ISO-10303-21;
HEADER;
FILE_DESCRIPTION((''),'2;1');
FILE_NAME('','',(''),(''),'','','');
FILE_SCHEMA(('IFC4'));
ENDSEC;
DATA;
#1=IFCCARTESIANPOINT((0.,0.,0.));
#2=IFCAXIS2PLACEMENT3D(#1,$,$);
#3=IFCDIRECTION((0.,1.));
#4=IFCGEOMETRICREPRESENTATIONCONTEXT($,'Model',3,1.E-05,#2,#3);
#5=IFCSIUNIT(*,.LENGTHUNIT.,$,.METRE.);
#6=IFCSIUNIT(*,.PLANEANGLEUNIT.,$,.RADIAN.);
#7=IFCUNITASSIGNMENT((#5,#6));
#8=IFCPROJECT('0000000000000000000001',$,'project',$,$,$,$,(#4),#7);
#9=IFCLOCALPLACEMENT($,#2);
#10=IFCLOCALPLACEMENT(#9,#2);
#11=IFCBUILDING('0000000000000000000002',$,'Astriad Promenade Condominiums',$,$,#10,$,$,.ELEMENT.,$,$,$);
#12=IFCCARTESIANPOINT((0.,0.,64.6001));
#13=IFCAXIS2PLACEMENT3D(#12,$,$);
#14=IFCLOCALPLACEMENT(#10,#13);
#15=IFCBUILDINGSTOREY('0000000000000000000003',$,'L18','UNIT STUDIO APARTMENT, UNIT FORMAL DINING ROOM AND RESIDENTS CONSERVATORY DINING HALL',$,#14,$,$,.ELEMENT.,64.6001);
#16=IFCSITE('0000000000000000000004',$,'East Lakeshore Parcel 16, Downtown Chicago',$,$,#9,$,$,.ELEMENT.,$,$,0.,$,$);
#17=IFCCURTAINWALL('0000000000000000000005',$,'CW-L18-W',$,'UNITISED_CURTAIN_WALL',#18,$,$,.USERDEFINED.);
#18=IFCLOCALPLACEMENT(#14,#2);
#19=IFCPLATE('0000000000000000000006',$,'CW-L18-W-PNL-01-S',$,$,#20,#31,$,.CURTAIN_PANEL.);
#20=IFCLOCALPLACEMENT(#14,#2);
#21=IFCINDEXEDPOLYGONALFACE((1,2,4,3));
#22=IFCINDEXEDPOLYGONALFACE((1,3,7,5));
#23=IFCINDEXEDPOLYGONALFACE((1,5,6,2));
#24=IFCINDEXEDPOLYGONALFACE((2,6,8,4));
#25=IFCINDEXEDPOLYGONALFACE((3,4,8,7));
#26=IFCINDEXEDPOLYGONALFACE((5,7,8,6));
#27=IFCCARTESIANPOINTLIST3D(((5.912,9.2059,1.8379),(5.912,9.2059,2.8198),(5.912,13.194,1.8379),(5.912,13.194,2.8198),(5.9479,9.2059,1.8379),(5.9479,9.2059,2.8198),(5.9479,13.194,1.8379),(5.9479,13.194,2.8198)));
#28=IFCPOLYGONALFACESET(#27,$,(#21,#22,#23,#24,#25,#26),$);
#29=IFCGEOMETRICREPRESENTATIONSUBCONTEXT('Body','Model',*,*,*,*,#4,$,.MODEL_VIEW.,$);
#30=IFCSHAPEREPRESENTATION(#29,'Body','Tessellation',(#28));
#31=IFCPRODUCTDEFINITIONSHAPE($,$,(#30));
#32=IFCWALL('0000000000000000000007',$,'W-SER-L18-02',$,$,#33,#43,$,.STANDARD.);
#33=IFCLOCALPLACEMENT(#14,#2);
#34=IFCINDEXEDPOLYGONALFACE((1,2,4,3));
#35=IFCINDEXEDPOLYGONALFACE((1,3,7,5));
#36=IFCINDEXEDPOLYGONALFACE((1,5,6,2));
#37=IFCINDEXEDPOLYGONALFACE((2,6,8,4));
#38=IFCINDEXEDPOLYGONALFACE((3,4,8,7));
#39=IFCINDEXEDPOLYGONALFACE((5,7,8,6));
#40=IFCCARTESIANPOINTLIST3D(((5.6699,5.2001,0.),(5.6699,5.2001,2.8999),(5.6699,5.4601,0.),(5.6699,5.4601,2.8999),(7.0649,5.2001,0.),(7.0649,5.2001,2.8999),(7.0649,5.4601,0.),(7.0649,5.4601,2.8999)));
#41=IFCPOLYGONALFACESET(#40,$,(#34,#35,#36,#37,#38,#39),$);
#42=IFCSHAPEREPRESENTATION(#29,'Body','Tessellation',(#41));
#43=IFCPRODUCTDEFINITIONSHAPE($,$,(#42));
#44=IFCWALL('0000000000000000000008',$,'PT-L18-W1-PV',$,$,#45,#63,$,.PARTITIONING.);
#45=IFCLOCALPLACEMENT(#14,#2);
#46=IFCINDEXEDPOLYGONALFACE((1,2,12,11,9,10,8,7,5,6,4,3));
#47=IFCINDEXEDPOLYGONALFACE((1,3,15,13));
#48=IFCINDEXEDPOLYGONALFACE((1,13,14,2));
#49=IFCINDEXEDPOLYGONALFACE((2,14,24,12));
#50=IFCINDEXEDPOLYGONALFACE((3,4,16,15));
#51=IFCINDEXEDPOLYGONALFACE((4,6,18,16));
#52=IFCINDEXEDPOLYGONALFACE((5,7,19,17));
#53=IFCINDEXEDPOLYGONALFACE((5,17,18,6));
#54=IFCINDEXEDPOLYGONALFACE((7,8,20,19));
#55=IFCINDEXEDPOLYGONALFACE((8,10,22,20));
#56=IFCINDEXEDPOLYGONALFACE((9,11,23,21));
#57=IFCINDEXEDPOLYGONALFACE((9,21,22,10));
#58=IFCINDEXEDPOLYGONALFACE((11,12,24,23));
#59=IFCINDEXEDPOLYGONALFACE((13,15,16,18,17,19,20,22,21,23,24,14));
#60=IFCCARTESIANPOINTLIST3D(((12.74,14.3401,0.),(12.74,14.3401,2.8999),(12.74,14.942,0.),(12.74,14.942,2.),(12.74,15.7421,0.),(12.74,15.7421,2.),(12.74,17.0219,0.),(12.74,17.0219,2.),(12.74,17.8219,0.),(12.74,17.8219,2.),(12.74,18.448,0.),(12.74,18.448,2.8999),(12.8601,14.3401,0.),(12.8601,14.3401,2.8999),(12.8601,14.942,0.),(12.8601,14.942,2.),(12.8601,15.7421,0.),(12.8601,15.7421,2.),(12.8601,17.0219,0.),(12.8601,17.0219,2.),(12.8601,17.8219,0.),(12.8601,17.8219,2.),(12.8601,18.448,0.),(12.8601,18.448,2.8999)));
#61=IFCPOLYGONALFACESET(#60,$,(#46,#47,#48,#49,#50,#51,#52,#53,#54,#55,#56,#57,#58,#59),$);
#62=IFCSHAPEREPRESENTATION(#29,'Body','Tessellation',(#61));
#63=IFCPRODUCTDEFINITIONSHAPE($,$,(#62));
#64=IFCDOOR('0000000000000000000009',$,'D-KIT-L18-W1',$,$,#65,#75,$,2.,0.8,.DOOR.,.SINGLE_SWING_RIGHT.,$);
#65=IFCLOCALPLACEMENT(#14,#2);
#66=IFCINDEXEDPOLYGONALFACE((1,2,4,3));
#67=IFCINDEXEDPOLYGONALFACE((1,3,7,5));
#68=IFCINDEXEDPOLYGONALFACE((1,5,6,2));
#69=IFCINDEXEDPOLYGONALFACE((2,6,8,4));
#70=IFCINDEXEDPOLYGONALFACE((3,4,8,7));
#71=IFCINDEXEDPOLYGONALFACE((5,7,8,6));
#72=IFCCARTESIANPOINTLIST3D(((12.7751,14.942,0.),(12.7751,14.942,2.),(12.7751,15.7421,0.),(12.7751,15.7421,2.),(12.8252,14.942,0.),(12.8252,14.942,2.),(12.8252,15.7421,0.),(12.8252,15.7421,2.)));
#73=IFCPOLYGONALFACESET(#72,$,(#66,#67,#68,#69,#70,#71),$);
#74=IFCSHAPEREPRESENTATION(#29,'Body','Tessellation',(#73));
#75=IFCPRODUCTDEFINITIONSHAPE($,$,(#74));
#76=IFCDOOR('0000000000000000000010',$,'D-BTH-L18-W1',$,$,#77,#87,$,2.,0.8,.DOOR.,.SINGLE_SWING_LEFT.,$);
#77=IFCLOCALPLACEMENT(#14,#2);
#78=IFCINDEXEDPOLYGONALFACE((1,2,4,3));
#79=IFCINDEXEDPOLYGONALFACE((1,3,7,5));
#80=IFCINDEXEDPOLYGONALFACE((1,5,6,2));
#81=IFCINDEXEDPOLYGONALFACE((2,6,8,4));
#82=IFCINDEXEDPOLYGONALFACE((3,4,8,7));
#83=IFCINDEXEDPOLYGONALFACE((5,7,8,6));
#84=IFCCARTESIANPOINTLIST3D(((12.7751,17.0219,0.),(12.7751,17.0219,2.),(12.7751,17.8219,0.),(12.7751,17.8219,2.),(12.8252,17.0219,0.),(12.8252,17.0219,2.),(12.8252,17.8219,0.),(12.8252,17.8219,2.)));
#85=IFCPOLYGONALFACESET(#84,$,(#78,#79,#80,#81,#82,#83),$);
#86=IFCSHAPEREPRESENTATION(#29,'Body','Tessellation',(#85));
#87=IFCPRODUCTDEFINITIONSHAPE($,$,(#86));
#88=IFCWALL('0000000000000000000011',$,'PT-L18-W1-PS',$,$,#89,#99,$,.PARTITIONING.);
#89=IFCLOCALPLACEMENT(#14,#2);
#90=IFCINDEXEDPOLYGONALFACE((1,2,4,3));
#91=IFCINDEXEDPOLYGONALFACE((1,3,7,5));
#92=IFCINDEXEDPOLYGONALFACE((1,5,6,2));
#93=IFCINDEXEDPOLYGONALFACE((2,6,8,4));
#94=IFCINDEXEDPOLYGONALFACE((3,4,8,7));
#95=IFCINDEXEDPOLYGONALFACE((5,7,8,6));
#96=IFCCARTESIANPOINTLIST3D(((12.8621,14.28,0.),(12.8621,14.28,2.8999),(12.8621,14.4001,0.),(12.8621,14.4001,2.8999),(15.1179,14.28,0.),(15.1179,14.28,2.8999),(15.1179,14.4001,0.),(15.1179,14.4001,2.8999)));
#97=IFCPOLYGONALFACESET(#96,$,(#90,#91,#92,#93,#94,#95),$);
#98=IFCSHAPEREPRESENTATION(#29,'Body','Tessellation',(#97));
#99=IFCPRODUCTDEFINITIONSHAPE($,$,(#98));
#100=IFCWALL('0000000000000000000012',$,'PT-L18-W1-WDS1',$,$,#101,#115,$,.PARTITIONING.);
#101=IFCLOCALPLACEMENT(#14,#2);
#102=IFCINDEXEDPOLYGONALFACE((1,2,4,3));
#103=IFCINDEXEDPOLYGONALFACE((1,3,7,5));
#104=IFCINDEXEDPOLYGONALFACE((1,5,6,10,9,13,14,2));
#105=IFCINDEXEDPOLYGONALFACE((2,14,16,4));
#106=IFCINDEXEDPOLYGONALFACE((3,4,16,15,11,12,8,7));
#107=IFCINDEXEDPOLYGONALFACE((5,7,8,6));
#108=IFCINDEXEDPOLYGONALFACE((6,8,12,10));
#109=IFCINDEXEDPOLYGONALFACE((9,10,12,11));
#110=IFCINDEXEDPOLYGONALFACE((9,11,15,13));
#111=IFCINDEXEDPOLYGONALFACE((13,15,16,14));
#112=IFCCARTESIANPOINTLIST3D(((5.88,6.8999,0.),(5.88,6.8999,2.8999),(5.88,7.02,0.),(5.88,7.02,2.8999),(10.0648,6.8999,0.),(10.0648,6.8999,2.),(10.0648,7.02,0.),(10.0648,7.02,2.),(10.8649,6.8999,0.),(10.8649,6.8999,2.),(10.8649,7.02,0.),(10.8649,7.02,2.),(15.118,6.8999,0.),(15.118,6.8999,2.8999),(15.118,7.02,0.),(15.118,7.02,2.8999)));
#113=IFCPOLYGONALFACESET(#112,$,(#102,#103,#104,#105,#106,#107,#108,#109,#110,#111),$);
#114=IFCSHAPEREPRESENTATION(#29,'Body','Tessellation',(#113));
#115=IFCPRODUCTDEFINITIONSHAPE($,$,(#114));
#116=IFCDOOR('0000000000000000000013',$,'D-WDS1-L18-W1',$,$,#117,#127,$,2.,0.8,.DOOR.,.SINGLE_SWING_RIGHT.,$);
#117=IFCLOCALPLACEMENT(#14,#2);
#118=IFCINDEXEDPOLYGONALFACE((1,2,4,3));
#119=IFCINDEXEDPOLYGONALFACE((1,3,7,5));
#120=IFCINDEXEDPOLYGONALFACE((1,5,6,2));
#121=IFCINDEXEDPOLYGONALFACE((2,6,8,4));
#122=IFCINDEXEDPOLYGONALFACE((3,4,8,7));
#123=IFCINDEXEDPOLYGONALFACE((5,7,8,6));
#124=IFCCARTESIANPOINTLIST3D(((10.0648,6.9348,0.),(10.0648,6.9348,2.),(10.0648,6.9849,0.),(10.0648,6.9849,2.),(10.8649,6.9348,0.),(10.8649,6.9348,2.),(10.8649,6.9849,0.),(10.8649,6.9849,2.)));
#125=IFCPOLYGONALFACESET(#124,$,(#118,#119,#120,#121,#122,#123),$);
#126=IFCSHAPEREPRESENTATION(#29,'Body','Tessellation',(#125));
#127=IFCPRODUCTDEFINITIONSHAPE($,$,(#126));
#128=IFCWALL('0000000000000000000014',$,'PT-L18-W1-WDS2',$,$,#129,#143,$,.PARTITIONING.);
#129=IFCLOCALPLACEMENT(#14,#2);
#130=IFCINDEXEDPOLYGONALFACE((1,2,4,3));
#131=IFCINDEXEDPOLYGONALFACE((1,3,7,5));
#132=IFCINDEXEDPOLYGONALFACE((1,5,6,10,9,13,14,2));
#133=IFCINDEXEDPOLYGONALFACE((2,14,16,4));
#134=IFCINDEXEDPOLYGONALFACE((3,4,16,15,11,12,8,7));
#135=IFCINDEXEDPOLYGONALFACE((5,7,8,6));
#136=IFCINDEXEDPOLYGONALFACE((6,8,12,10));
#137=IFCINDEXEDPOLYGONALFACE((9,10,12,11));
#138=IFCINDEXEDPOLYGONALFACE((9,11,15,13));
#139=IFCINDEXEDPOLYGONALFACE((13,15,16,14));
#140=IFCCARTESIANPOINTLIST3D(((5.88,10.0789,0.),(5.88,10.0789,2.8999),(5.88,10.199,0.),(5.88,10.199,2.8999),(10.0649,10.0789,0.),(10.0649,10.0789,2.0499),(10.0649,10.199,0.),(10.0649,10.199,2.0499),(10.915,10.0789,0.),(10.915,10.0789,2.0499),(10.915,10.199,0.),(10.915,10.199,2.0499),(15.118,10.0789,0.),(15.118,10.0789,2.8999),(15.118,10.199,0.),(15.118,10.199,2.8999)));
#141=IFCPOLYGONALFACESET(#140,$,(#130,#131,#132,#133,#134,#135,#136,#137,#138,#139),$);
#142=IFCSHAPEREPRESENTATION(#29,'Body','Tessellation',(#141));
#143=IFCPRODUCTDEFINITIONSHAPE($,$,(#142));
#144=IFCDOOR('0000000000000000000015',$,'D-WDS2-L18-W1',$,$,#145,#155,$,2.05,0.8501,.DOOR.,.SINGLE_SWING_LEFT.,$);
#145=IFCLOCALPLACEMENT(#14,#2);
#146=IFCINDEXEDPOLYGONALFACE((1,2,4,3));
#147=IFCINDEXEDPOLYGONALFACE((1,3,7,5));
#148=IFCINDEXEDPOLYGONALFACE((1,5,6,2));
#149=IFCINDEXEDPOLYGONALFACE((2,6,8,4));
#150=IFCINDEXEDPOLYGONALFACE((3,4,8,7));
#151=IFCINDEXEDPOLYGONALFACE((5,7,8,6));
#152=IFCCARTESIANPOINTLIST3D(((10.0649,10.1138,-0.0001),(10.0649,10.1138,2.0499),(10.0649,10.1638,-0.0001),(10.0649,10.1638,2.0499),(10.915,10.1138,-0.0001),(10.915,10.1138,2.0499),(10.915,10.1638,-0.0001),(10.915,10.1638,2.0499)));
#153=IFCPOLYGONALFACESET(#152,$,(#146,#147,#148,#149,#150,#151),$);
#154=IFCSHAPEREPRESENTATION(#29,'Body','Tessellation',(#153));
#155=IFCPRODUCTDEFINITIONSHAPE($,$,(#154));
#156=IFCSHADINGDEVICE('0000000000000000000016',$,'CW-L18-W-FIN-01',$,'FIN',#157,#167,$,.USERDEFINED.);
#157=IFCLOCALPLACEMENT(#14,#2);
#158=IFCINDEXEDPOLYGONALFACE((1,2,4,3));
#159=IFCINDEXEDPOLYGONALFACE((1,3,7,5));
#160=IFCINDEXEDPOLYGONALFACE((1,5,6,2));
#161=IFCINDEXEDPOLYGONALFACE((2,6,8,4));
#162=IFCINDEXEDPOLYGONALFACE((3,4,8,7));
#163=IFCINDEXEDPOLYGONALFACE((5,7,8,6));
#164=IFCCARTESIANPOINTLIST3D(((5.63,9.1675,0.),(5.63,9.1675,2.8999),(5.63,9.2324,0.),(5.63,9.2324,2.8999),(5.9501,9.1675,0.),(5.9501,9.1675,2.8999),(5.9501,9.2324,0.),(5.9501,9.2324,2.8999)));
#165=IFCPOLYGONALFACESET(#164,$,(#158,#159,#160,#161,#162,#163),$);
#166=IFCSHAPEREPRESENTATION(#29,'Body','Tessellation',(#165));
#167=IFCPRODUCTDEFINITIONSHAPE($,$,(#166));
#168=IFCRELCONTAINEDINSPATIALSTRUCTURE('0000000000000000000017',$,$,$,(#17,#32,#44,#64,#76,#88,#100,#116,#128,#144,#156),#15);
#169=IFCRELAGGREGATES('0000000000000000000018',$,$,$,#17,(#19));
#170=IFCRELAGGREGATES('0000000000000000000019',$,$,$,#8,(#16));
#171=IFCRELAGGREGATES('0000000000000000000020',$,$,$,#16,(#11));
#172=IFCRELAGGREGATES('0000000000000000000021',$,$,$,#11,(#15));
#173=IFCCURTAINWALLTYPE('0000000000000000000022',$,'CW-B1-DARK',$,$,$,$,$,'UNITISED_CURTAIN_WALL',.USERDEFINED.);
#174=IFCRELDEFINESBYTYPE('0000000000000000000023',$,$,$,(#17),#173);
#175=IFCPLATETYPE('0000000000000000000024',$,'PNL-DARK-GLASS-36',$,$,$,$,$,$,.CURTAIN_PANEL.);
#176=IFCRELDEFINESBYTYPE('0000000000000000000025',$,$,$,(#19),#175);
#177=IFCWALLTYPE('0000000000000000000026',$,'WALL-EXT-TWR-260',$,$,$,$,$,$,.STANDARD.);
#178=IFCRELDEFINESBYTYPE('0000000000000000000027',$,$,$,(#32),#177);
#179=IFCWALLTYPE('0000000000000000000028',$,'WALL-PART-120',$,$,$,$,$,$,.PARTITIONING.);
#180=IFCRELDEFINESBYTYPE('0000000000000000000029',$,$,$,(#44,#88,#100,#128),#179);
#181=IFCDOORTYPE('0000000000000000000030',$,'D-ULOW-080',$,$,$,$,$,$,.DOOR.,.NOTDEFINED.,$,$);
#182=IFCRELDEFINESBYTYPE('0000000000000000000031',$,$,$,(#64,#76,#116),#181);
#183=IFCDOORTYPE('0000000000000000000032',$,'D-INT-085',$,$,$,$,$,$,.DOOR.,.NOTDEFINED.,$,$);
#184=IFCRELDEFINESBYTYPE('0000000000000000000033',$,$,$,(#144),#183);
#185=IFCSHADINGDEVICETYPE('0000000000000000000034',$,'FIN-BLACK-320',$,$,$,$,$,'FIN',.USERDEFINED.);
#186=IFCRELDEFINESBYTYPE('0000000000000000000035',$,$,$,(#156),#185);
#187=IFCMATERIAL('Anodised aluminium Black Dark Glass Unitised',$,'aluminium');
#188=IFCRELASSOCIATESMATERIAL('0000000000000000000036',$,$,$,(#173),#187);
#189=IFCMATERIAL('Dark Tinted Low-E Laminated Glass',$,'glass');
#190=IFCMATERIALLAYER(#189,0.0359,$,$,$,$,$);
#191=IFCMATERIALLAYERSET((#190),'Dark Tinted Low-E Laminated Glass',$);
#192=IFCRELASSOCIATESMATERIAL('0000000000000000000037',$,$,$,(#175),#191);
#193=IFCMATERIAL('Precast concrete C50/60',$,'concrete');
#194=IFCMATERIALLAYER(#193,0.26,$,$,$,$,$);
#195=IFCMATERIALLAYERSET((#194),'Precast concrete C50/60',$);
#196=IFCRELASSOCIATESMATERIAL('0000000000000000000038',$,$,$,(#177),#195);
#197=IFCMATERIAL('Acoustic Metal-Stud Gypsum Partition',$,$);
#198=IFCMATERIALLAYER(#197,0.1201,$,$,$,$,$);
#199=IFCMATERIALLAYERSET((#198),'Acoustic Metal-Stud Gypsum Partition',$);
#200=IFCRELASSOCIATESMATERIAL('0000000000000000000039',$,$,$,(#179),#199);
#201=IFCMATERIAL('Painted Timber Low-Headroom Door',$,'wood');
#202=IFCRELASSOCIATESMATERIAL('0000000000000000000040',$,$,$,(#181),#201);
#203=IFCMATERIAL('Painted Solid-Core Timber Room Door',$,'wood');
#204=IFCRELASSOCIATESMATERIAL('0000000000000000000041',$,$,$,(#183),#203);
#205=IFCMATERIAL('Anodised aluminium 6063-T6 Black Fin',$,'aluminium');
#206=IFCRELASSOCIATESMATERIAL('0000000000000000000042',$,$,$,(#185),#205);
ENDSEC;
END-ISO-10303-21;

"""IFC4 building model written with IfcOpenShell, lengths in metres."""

from ifc_helpers import new_model, si_unit, direction, frame, frame_2d, origin, origin_2d, place, context, subcontext, project, spatial, rectangle, extrude, source, transform, mapped, material, layer, layer_set, type_object, type_shapes, element, fill, aggregate, save


model = new_model("IFC4")

# Units and contexts
model_context = context("Model", 3, precision=1e-05, world=origin(), true_north=direction((0.0, 1.0)))
body_context = subcontext(model_context, "Body", "Model", "MODEL_VIEW")
ifc_project = project(units=[si_unit("LENGTHUNIT", "METRE"), si_unit("PLANEANGLEUNIT", "RADIAN")], contexts=[model_context])

# Site, building, storey
site_placement = place(None, origin())
site = spatial("IfcSite", under=ifc_project, at=site_placement, Name="East Lakeshore Parcel 16, Downtown Chicago", CompositionType="ELEMENT", RefElevation=0.0)
building_placement = place(site_placement, origin())
building = spatial("IfcBuilding", under=site, at=building_placement, Name="Astriad Promenade Condominiums", CompositionType="ELEMENT")
storey_placement = place(building_placement, frame((0.0, 0.0, 64.6001)))
storey = spatial("IfcBuildingStorey", under=building, at=storey_placement, Name="L18", Description="UNIT STUDIO APARTMENT, UNIT FORMAL DINING ROOM AND RESIDENTS CONSERVATORY DINING HALL", CompositionType="ELEMENT", Elevation=64.6001)

# Curtain wall, plate
ifc_material_1 = material(Name="Anodised aluminium Black Dark Glass Unitised", Category="aluminium")
curtain_wall_type = type_object("IfcCurtainWallType", Name="CW-B1-DARK", ElementType="UNITISED_CURTAIN_WALL", PredefinedType="USERDEFINED", material=ifc_material_1)
curtain_wall_placement = place(storey_placement, origin())
curtain_wall = element("IfcCurtainWall", 1, at=curtain_wall_placement, inside=storey, type_object=curtain_wall_type, Name="CW-L18-W", ObjectType="UNITISED_CURTAIN_WALL", PredefinedType="USERDEFINED")
ifc_material_2 = material(Name="Dark Tinted Low-E Laminated Glass", Category="glass")
ifc_layer_1 = layer(ifc_material_2, 0.0359)
ifc_layer_set_1 = layer_set([ifc_layer_1], Name="Dark Tinted Low-E Laminated Glass")
plate_type = type_object("IfcPlateType", Name="PNL-DARK-GLASS-36", PredefinedType="CURTAIN_PANEL", material=ifc_layer_set_1)
shared_shape_1 = source(origin(), body_context, "Body", "SweptSolid", [
    extrude(rectangle(XDim=3.988, YDim=0.0359, at=origin_2d()), origin(), (0.0, 0.0, 1.0), 0.9819),
])
plate_1_placement = place(storey_placement, frame((5.9299, 11.2, 1.8379), z_axis=(0.0, 0.0, 1.0), x_axis=(0.0, 1.0, 0.0)))
plate_1 = element("IfcPlate", 2, at=plate_1_placement, type_object=plate_type, Name="CW-L18-W-PNL-01-S", PredefinedType="CURTAIN_PANEL", context=body_context, shape_type="MappedRepresentation", body=[
    mapped(shared_shape_1, transform((0.0, 0.0, 0.0), scale=1.0)),
])
aggregate(curtain_wall, [plate_1])

# Wall
ifc_material_3 = material(Name="Precast concrete C50/60", Category="concrete")
ifc_layer_2 = layer(ifc_material_3, 0.26)
ifc_layer_set_2 = layer_set([ifc_layer_2], Name="Precast concrete C50/60")
wall_type_1 = type_object("IfcWallType", Name="WALL-EXT-TWR-260", PredefinedType="STANDARD", material=ifc_layer_set_2)
wall_1_placement = place(storey_placement, frame((7.0649, 5.3301, 0.0), z_axis=(0.0, 0.0, 1.0), x_axis=(-1.0, 0.0, 0.0)))
element("IfcWall", 3, at=wall_1_placement, inside=storey, type_object=wall_type_1, Name="W-SER-L18-02", PredefinedType="STANDARD", context=body_context, shape_type="SweptSolid", body=[
    extrude(rectangle(XDim=1.395, YDim=0.26, at=frame_2d((0.6975, 0.0))), origin(), (0.0, 0.0, 1.0), 2.8999),
])

# Wall, openings, doors
ifc_material_4 = material(Name="Acoustic Metal-Stud Gypsum Partition")
ifc_layer_3 = layer(ifc_material_4, 0.1201)
ifc_layer_set_3 = layer_set([ifc_layer_3], Name="Acoustic Metal-Stud Gypsum Partition")
wall_type_2 = type_object("IfcWallType", Name="WALL-PART-120", PredefinedType="PARTITIONING", material=ifc_layer_set_3)
wall_2_placement = place(storey_placement, frame((12.8, 14.3401, 0.0), z_axis=(0.0, 0.0, 1.0), x_axis=(0.0, 1.0, 0.0)))
wall_2 = element("IfcWall", 4, at=wall_2_placement, inside=storey, type_object=wall_type_2, Name="PT-L18-W1-PV", PredefinedType="PARTITIONING", context=body_context, shape_type="SweptSolid", body=[
    extrude(rectangle(XDim=4.1079, YDim=0.1201, at=frame_2d((2.054, 0.0))), origin(), (0.0, 0.0, 1.0), 2.8999),
])
opening_1_placement = place(wall_2_placement, frame((0.6021, 0.0, 0.0)))
opening_1 = element("IfcOpeningElement", 5, at=opening_1_placement, cuts=wall_2, PredefinedType="OPENING", context=body_context, shape_type="SweptSolid", body=[
    extrude(rectangle(XDim=0.8, YDim=2.0, at=frame_2d((0.3999, 1.0))), frame((0.0, 0.0701, 0.0), z_axis=(0.0, -1.0, 0.0), x_axis=(1.0, 0.0, 0.0)), (0.0, 0.0, 1.0), 0.1401),
])
opening_2_placement = place(wall_2_placement, frame((2.6819, 0.0, 0.0)))
opening_2 = element("IfcOpeningElement", 6, at=opening_2_placement, cuts=wall_2, PredefinedType="OPENING", context=body_context, shape_type="SweptSolid", body=[
    extrude(rectangle(XDim=0.8, YDim=2.0, at=frame_2d((0.3999, 1.0))), frame((0.0, 0.0701, 0.0), z_axis=(0.0, -1.0, 0.0), x_axis=(1.0, 0.0, 0.0)), (0.0, 0.0, 1.0), 0.1401),
])
ifc_material_5 = material(Name="Painted Timber Low-Headroom Door", Category="wood")
door_type_1 = type_object("IfcDoorType", Name="D-ULOW-080", OperationType="NOTDEFINED", PredefinedType="DOOR", material=ifc_material_5)
shared_shape_2 = source(origin(), body_context, "Body", "SweptSolid", [
    extrude(rectangle(XDim=0.8, YDim=2.0, at=frame_2d((0.3999, 1.0))), frame((0.0, 0.0249, 0.0), z_axis=(0.0, -1.0, 0.0), x_axis=(1.0, 0.0, 0.0)), (0.0, 0.0, 1.0), 0.05),
])
type_shapes(door_type_1, [shared_shape_2])
door_1_placement = place(opening_1_placement, origin())
door_1 = element("IfcDoor", 7, at=door_1_placement, inside=storey, type_object=door_type_1, Name="D-KIT-L18-W1", OperationType="SINGLE_SWING_RIGHT", OverallHeight=2.0, OverallWidth=0.8, PredefinedType="DOOR", context=body_context, shape_type="MappedRepresentation", body=[
    mapped(shared_shape_2, transform((0.0, 0.0, 0.0), scale=1.0)),
])
fill(opening_1, door_1)
door_2_placement = place(opening_2_placement, origin())
door_2 = element("IfcDoor", 8, at=door_2_placement, inside=storey, type_object=door_type_1, Name="D-BTH-L18-W1", OperationType="SINGLE_SWING_LEFT", OverallHeight=2.0, OverallWidth=0.8, PredefinedType="DOOR", context=body_context, shape_type="MappedRepresentation", body=[
    mapped(shared_shape_2, transform((0.0, 0.0, 0.0), scale=1.0)),
])
fill(opening_2, door_2)

# Wall
wall_3_placement = place(storey_placement, frame((12.8621, 14.3401, 0.0), z_axis=(0.0, 0.0, 1.0), x_axis=(1.0, 0.0, 0.0)))
element("IfcWall", 9, at=wall_3_placement, inside=storey, type_object=wall_type_2, Name="PT-L18-W1-PS", PredefinedType="PARTITIONING", context=body_context, shape_type="SweptSolid", body=[
    extrude(rectangle(XDim=2.2559, YDim=0.1201, at=frame_2d((1.1279, 0.0))), origin(), (0.0, 0.0, 1.0), 2.8999),
])

# Walls, openings, doors
wall_4_placement = place(storey_placement, frame((5.8799, 6.96, 0.0), z_axis=(0.0, 0.0, 1.0), x_axis=(1.0, 0.0, 0.0)))
wall_4 = element("IfcWall", 10, at=wall_4_placement, inside=storey, type_object=wall_type_2, Name="PT-L18-W1-WDS1", PredefinedType="PARTITIONING", context=body_context, shape_type="SweptSolid", body=[
    extrude(rectangle(XDim=9.238, YDim=0.1201, at=frame_2d((4.6191, 0.0))), origin(), (0.0, 0.0, 1.0), 2.8999),
])
opening_3_placement = place(wall_4_placement, frame((4.1851, 0.0, 0.0)))
opening_3 = element("IfcOpeningElement", 11, at=opening_3_placement, cuts=wall_4, PredefinedType="OPENING", context=body_context, shape_type="SweptSolid", body=[
    extrude(rectangle(XDim=0.8, YDim=2.0, at=frame_2d((0.3999, 1.0))), frame((0.0, 0.0701, 0.0), z_axis=(0.0, -1.0, 0.0), x_axis=(1.0, 0.0, 0.0)), (0.0, 0.0, 1.0), 0.1401),
])
door_3_placement = place(opening_3_placement, origin())
door_3 = element("IfcDoor", 12, at=door_3_placement, inside=storey, type_object=door_type_1, Name="D-WDS1-L18-W1", OperationType="SINGLE_SWING_RIGHT", OverallHeight=2.0, OverallWidth=0.8, PredefinedType="DOOR", context=body_context, shape_type="MappedRepresentation", body=[
    mapped(shared_shape_2, transform((0.0, 0.0, 0.0), scale=1.0)),
])
fill(opening_3, door_3)
wall_5_placement = place(storey_placement, frame((5.8799, 10.1389, 0.0), z_axis=(0.0, 0.0, 1.0), x_axis=(1.0, 0.0, 0.0)))
wall_5 = element("IfcWall", 13, at=wall_5_placement, inside=storey, type_object=wall_type_2, Name="PT-L18-W1-WDS2", PredefinedType="PARTITIONING", context=body_context, shape_type="SweptSolid", body=[
    extrude(rectangle(XDim=9.238, YDim=0.1201, at=frame_2d((4.6191, 0.0))), origin(), (0.0, 0.0, 1.0), 2.8999),
])
opening_4_placement = place(wall_5_placement, frame((4.1851, 0.0, 0.0)))
opening_4 = element("IfcOpeningElement", 14, at=opening_4_placement, cuts=wall_5, PredefinedType="OPENING", context=body_context, shape_type="SweptSolid", body=[
    extrude(rectangle(XDim=0.8501, YDim=2.05, at=frame_2d((0.425, 1.0249))), frame((0.0, 0.0701, 0.0), z_axis=(0.0, -1.0, 0.0), x_axis=(1.0, 0.0, 0.0)), (0.0, 0.0, 1.0), 0.1401),
])
ifc_material_6 = material(Name="Painted Solid-Core Timber Room Door", Category="wood")
door_type_2 = type_object("IfcDoorType", Name="D-INT-085", OperationType="NOTDEFINED", PredefinedType="DOOR", material=ifc_material_6)
shared_shape_3 = source(origin(), body_context, "Body", "SweptSolid", [
    extrude(rectangle(XDim=0.8501, YDim=2.05, at=frame_2d((0.425, 1.0249))), frame((0.0, 0.0249, 0.0), z_axis=(0.0, -1.0, 0.0), x_axis=(1.0, 0.0, 0.0)), (0.0, 0.0, 1.0), 0.05),
])
type_shapes(door_type_2, [shared_shape_3])
door_4_placement = place(opening_4_placement, origin())
door_4 = element("IfcDoor", 15, at=door_4_placement, inside=storey, type_object=door_type_2, Name="D-WDS2-L18-W1", OperationType="SINGLE_SWING_LEFT", OverallHeight=2.05, OverallWidth=0.8501, PredefinedType="DOOR", context=body_context, shape_type="MappedRepresentation", body=[
    mapped(shared_shape_3, transform((0.0, 0.0, 0.0), scale=1.0)),
])
fill(opening_4, door_4)

# Shading device
ifc_material_7 = material(Name="Anodised aluminium 6063-T6 Black Fin", Category="aluminium")
shading_device_type = type_object("IfcShadingDeviceType", Name="FIN-BLACK-320", ElementType="FIN", PredefinedType="USERDEFINED", material=ifc_material_7)
shared_shape_4 = source(origin(), body_context, "Body", "SweptSolid", [
    extrude(rectangle(XDim=0.0649, YDim=0.3201, at=origin_2d()), origin(), (0.0, 0.0, 1.0), 2.8999),
])
type_shapes(shading_device_type, [shared_shape_4])
for number, where, z_axis, x_axis, name in (
    (16, (5.79, 9.2, 0.0), (0.0, 0.0, 1.0), (0.0, 1.0, 0.0), "CW-L18-W-FIN-01"),
):
    element("IfcShadingDevice", number, at=place(storey_placement, frame(where, z_axis=z_axis, x_axis=x_axis)), inside=storey, type_object=shading_device_type, Name=name, ObjectType="FIN", PredefinedType="USERDEFINED", context=body_context, shape_type="MappedRepresentation", body=[
        mapped(shared_shape_4, transform((0.0, 0.0, 0.0), scale=1.0)),
    ])

save(model, "model.ifc")
